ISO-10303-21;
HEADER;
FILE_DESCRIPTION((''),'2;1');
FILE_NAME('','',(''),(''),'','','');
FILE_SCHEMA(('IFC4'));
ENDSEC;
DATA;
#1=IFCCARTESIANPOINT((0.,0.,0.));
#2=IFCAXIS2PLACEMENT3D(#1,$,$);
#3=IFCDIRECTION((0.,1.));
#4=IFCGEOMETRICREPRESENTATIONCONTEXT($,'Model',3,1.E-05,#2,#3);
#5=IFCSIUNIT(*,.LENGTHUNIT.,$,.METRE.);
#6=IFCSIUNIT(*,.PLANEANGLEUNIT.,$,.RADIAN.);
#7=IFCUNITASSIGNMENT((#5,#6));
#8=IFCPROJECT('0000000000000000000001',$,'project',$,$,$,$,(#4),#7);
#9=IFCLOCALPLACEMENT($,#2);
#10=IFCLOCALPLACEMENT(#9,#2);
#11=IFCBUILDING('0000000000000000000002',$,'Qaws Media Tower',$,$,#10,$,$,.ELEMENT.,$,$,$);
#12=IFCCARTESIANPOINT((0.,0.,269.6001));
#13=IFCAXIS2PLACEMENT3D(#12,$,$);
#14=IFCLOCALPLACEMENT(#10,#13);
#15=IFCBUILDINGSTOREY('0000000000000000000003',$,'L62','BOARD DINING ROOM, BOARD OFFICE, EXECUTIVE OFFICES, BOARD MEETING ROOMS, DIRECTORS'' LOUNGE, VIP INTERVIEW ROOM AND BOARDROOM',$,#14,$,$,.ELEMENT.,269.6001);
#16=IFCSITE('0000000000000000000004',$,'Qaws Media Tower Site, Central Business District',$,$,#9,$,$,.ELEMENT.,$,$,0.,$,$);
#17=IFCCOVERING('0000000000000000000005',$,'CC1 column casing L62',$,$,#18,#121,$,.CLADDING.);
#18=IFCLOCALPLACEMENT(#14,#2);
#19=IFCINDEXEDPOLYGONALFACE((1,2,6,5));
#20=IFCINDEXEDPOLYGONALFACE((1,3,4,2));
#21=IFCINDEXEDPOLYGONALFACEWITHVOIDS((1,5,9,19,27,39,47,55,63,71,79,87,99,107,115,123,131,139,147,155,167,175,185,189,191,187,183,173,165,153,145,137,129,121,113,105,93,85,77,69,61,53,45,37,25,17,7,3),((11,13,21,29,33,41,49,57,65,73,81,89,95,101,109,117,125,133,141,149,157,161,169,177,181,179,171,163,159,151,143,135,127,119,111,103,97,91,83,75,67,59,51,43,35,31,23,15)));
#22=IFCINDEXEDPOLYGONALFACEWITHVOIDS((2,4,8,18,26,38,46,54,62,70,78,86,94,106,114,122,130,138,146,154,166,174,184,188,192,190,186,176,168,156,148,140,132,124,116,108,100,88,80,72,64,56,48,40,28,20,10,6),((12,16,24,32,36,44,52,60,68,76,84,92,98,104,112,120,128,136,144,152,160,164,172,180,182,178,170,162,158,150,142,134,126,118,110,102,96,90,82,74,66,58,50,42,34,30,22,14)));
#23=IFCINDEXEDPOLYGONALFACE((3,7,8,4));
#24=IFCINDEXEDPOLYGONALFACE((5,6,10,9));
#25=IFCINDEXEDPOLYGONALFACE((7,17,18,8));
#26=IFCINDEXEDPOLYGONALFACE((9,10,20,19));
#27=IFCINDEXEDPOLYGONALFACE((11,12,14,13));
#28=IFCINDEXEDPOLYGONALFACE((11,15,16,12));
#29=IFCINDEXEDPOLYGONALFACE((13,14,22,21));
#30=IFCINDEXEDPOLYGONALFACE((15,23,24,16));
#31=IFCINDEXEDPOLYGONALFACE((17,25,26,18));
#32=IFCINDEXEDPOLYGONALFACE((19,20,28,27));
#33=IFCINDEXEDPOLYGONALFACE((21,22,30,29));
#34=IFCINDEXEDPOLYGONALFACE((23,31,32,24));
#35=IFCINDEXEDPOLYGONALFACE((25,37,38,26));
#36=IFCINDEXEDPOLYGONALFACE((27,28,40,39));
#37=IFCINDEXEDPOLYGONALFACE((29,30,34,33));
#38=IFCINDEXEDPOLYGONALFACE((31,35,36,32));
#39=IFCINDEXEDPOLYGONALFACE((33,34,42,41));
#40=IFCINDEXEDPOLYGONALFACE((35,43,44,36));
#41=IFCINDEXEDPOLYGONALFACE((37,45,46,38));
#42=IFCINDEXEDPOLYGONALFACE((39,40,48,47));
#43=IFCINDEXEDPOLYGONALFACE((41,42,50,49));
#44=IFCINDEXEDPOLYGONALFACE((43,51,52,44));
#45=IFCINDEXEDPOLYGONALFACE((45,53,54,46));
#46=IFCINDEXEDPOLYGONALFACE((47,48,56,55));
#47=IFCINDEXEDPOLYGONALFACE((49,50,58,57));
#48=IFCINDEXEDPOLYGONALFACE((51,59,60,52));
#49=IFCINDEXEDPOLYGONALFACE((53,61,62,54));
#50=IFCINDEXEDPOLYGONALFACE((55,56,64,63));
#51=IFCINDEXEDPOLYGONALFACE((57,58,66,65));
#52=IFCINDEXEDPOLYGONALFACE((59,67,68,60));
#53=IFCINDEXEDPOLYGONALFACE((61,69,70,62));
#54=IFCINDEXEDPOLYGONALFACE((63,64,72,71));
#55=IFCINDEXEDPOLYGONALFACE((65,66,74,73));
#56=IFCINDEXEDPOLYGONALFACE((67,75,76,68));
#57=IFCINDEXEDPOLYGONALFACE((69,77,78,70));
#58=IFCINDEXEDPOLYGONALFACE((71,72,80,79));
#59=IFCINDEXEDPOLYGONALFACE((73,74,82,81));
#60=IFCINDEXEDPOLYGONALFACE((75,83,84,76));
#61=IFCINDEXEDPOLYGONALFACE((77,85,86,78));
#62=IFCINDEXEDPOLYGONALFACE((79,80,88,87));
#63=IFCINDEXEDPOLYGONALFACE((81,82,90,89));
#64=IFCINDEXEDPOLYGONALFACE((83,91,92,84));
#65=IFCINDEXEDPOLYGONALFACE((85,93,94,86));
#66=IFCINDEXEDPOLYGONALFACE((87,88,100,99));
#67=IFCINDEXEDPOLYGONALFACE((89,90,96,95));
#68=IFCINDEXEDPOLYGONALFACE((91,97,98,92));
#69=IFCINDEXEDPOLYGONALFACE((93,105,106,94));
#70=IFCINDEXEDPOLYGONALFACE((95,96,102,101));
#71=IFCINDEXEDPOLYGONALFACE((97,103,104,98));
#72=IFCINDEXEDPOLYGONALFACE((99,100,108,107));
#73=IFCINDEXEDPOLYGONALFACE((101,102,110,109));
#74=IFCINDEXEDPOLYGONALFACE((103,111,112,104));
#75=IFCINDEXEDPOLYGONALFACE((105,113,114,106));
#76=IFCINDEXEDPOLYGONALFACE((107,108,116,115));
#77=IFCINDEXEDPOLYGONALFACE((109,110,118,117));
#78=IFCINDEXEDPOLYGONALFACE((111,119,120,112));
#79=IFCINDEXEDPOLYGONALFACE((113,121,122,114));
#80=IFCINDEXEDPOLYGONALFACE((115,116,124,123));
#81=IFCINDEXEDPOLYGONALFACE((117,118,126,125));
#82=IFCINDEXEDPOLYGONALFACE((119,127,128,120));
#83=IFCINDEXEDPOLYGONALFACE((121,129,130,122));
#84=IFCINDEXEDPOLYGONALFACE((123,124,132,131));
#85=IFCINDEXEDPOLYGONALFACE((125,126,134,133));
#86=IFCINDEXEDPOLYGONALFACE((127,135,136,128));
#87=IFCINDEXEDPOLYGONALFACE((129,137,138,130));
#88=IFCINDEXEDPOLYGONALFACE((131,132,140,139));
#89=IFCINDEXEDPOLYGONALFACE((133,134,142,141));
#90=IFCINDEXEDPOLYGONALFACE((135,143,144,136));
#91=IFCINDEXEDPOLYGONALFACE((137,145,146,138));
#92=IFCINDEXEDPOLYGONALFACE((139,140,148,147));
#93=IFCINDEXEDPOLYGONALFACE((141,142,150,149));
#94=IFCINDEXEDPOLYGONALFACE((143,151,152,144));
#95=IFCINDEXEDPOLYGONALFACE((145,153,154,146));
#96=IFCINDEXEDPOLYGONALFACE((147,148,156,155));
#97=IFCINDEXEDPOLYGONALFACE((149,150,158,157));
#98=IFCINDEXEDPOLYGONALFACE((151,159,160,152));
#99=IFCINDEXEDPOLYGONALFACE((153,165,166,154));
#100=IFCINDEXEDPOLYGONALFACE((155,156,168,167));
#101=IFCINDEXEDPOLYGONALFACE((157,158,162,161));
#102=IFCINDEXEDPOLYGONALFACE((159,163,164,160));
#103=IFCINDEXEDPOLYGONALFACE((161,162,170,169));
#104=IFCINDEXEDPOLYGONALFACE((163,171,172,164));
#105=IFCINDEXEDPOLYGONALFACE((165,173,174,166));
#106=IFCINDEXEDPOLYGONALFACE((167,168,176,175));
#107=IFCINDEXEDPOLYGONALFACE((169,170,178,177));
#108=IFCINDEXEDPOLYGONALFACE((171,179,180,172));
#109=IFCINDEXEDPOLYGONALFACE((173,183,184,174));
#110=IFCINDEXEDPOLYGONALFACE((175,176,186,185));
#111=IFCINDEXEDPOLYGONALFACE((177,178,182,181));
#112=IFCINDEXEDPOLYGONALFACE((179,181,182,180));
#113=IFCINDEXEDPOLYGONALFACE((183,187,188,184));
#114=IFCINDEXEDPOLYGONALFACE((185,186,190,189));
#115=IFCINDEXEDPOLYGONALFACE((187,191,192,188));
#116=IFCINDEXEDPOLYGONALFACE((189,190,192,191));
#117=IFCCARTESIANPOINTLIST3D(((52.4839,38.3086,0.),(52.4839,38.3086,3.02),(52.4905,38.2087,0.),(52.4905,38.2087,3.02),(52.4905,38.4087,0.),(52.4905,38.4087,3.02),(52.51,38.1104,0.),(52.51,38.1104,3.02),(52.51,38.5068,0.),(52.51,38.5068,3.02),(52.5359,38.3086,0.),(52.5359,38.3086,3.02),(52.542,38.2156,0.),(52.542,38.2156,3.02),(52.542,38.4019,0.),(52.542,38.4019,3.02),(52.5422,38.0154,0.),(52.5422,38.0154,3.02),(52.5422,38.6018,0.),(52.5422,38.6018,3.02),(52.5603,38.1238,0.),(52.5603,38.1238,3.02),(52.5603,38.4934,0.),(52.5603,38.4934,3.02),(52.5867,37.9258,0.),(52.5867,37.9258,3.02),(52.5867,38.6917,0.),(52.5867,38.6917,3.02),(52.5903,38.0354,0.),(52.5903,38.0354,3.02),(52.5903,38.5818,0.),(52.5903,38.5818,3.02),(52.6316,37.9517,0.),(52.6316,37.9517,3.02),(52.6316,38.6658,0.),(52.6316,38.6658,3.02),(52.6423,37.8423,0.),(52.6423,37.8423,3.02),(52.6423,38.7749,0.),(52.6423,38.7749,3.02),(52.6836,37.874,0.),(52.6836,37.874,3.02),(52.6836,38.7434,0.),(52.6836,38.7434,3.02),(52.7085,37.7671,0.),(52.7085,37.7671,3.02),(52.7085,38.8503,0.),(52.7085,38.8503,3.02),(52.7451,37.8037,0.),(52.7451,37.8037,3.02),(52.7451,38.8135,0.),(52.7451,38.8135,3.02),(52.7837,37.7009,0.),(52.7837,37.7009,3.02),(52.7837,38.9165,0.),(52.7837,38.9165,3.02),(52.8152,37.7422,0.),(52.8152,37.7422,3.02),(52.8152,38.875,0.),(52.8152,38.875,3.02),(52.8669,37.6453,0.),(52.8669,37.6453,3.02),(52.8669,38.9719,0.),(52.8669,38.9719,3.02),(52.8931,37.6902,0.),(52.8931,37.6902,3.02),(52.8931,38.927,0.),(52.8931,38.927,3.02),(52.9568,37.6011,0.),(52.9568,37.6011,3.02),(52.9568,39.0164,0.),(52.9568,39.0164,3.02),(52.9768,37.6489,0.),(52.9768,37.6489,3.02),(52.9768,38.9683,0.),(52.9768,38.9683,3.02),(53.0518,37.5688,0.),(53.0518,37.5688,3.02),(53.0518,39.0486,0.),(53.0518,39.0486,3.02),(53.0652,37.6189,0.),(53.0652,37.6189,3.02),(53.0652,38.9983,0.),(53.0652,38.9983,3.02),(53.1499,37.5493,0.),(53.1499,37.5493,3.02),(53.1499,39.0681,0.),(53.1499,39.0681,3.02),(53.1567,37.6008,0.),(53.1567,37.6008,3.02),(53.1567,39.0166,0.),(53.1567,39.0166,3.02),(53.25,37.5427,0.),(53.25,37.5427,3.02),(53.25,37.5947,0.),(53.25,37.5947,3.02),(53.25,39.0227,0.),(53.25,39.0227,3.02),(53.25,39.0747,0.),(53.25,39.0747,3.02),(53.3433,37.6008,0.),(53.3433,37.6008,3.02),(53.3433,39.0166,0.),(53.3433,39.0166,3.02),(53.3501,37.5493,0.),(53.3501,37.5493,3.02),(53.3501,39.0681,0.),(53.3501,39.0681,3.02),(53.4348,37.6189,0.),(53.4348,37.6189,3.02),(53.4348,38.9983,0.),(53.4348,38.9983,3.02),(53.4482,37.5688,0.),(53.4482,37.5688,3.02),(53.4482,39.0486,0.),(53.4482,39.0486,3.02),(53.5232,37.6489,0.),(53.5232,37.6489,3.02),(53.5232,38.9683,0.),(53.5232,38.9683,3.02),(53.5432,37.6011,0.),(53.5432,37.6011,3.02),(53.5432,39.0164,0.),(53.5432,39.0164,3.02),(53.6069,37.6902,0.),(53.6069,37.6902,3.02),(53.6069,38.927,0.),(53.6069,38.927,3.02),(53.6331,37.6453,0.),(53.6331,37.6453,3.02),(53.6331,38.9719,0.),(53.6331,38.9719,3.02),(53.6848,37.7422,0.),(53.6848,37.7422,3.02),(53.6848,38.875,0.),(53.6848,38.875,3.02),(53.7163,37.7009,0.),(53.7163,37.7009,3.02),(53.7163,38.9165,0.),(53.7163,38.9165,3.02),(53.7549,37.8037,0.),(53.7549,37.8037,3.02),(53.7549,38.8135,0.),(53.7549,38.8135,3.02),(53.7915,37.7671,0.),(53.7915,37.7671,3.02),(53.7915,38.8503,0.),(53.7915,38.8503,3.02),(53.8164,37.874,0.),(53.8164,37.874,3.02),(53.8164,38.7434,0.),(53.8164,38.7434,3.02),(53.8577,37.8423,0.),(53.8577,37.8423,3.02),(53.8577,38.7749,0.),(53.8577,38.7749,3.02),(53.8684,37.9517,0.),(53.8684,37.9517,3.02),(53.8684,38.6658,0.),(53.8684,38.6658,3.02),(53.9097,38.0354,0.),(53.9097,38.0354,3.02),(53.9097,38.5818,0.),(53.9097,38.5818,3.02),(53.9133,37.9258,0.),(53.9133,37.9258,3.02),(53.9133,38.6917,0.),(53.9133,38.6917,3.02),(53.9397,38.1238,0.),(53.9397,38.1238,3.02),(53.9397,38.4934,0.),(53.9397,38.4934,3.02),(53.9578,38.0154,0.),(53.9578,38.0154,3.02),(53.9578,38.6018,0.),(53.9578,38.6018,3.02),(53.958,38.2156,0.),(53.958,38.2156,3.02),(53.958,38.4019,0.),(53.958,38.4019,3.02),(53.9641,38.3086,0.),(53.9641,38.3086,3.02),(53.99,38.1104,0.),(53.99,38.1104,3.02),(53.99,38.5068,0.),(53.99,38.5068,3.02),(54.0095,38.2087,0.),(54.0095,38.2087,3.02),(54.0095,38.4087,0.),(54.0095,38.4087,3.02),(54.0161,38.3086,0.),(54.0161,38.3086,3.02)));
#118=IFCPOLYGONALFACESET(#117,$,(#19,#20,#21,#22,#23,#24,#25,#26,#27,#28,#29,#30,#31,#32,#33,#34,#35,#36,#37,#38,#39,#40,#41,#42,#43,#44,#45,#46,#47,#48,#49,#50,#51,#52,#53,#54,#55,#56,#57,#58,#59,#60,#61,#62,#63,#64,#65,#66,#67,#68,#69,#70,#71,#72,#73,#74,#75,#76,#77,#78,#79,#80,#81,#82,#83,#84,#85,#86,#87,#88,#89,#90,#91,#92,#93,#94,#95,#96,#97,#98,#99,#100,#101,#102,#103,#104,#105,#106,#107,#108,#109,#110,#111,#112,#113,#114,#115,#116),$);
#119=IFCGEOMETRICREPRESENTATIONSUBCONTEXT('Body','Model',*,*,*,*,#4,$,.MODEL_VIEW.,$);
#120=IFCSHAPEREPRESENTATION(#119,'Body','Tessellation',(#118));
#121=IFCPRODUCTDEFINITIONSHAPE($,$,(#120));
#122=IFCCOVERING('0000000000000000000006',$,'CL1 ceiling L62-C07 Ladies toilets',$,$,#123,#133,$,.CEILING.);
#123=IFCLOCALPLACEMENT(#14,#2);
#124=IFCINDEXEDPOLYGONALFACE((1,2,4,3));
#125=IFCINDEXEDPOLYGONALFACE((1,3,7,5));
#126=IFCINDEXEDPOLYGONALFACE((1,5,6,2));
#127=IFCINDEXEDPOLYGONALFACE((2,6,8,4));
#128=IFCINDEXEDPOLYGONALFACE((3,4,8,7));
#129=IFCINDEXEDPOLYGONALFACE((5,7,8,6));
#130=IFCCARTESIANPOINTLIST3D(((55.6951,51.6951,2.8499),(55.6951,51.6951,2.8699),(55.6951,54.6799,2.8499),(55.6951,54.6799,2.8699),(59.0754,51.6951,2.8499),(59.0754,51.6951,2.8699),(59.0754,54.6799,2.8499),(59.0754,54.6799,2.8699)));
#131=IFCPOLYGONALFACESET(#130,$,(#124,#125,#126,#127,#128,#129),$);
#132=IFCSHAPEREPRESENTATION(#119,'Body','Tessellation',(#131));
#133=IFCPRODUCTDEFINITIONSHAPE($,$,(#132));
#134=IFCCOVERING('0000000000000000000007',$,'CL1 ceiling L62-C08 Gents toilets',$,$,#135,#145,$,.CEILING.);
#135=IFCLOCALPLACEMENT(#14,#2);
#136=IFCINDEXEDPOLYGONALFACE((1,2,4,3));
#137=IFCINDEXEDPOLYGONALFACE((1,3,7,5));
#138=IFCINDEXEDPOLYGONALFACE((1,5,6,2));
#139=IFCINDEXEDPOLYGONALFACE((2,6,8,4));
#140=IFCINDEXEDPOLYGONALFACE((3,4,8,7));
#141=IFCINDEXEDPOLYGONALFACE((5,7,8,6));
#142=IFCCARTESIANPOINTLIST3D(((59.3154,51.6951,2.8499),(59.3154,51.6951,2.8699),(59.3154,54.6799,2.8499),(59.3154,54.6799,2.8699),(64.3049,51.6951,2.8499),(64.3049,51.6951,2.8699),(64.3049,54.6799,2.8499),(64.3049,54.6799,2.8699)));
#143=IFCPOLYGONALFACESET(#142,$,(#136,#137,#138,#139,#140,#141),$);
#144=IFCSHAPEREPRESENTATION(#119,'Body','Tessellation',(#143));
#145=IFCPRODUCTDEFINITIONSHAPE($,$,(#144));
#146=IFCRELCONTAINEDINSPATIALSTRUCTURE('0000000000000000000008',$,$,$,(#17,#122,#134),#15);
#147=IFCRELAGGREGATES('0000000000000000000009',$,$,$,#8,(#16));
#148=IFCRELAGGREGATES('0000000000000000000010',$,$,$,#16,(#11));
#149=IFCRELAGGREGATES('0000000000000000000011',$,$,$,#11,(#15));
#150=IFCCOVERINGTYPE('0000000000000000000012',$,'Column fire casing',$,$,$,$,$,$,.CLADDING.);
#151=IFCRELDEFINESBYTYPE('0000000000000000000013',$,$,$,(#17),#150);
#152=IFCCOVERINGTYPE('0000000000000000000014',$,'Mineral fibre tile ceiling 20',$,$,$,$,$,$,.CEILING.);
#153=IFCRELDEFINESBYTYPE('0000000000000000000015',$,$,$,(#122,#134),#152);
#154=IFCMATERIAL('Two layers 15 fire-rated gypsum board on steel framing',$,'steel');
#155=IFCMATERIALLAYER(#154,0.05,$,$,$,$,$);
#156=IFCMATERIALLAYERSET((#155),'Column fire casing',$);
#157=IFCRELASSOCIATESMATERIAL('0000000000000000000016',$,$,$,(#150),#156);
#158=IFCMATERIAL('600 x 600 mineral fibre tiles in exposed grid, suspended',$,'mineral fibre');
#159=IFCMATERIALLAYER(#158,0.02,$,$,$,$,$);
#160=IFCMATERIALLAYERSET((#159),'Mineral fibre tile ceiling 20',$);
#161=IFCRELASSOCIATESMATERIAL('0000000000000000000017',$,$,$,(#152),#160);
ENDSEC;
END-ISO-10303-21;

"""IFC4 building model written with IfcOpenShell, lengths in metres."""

from ifc_helpers import new_model, si_unit, direction, frame, origin, place, context, subcontext, project, spatial, polyline, outline, extrude, material, layer, layer_set, type_object, element, save


model = new_model("IFC4")

# Units and contexts
model_context = context("Model", 3, precision=1e-05, world=origin(), true_north=direction((0.0, 1.0)))
body_context = subcontext(model_context, "Body", "Model", "MODEL_VIEW")
ifc_project = project(units=[si_unit("LENGTHUNIT", "METRE"), si_unit("PLANEANGLEUNIT", "RADIAN")], contexts=[model_context])

# Site, building, storey
site_placement = place(None, origin())
site = spatial("IfcSite", under=ifc_project, at=site_placement, Name="Qaws Media Tower Site, Central Business District", CompositionType="ELEMENT", RefElevation=0.0)
building_placement = place(site_placement, origin())
building = spatial("IfcBuilding", under=site, at=building_placement, Name="Qaws Media Tower", CompositionType="ELEMENT")
storey_placement = place(building_placement, frame((0.0, 0.0, 269.6001)))
storey = spatial("IfcBuildingStorey", under=building, at=storey_placement, Name="L62", Description="BOARD DINING ROOM, BOARD OFFICE, EXECUTIVE OFFICES, BOARD MEETING ROOMS, DIRECTORS' LOUNGE, VIP INTERVIEW ROOM AND BOARDROOM", CompositionType="ELEMENT", Elevation=269.6001)

# Coverings
ifc_material_1 = material(Name="Two layers 15 fire-rated gypsum board on steel framing", Category="steel")
ifc_layer_1 = layer(ifc_material_1, 0.05)
ifc_layer_set_1 = layer_set([ifc_layer_1], Name="Column fire casing")
covering_type_1 = type_object("IfcCoveringType", Name="Column fire casing", PredefinedType="CLADDING", material=ifc_layer_set_1)
covering_1_placement = place(storey_placement, origin())
element("IfcCovering", 1, at=covering_1_placement, inside=storey, type_object=covering_type_1, Name="CC1 column casing L62", PredefinedType="CLADDING", context=body_context, shape_type="SweptSolid", body=[
    extrude(outline(polyline([(54.0161, 38.3086), (54.0095, 38.2087), (53.99, 38.1104), (53.9578, 38.0154), (53.9133, 37.9258), (53.8577, 37.8423), (53.7915, 37.7671), (53.7163, 37.7009), (53.6331, 37.6453), (53.5432, 37.6011), (53.4482, 37.5688), (53.3501, 37.5493), (53.25, 37.5427), (53.1499, 37.5493), (53.0518, 37.5688), (52.9568, 37.6011), (52.8669, 37.6453), (52.7837, 37.7009), (52.7085, 37.7671), (52.6423, 37.8423), (52.5867, 37.9258), (52.5422, 38.0154), (52.51, 38.1104), (52.4905, 38.2087), (52.4839, 38.3086), (52.4905, 38.4087), (52.51, 38.5068), (52.5422, 38.6018), (52.5867, 38.6917), (52.6423, 38.7749), (52.7085, 38.8503), (52.7837, 38.9165), (52.8669, 38.9719), (52.9568, 39.0164), (53.0518, 39.0486), (53.1499, 39.0681), (53.25, 39.0747), (53.3501, 39.0681), (53.4482, 39.0486), (53.5432, 39.0164), (53.6331, 38.9719), (53.7163, 38.9165), (53.7915, 38.8503), (53.8577, 38.7749), (53.9133, 38.6917), (53.9578, 38.6018), (53.99, 38.5068), (54.0095, 38.4087), (54.0161, 38.3086)]), holes=[polyline([(53.9641, 38.3086), (53.958, 38.2156), (53.9397, 38.1238), (53.9097, 38.0354), (53.8684, 37.9517), (53.8164, 37.874), (53.7549, 37.8037), (53.6848, 37.7422), (53.6069, 37.6902), (53.5232, 37.6489), (53.4348, 37.6189), (53.3433, 37.6008), (53.25, 37.5947), (53.1567, 37.6008), (53.0652, 37.6189), (52.9768, 37.6489), (52.8931, 37.6902), (52.8152, 37.7422), (52.7451, 37.8037), (52.6836, 37.874), (52.6316, 37.9517), (52.5903, 38.0354), (52.5603, 38.1238), (52.542, 38.2156), (52.5359, 38.3086), (52.542, 38.4019), (52.5603, 38.4934), (52.5903, 38.5818), (52.6316, 38.6658), (52.6836, 38.7434), (52.7451, 38.8135), (52.8152, 38.875), (52.8931, 38.927), (52.9768, 38.9683), (53.0652, 38.9983), (53.1567, 39.0166), (53.25, 39.0227), (53.3433, 39.0166), (53.4348, 38.9983), (53.5232, 38.9683), (53.6069, 38.927), (53.6848, 38.875), (53.7549, 38.8135), (53.8164, 38.7434), (53.8684, 38.6658), (53.9097, 38.5818), (53.9397, 38.4934), (53.958, 38.4019), (53.9641, 38.3086)])]), origin(), (0.0, 0.0, 1.0), 3.02),
])
ifc_material_2 = material(Name="600 x 600 mineral fibre tiles in exposed grid, suspended", Category="mineral fibre")
ifc_layer_2 = layer(ifc_material_2, 0.02)
ifc_layer_set_2 = layer_set([ifc_layer_2], Name="Mineral fibre tile ceiling 20")
covering_type_2 = type_object("IfcCoveringType", Name="Mineral fibre tile ceiling 20", PredefinedType="CEILING", material=ifc_layer_set_2)
covering_2_placement = place(storey_placement, frame((0.0, 0.0, 2.8499)))
element("IfcCovering", 2, at=covering_2_placement, inside=storey, type_object=covering_type_2, Name="CL1 ceiling L62-C07 Ladies toilets", PredefinedType="CEILING", context=body_context, shape_type="SweptSolid", body=[
    extrude(outline(polyline([(55.6951, 51.6951), (55.6951, 54.6799), (59.0754, 54.6799), (59.0754, 51.6951), (55.6951, 51.6951)])), origin(), (0.0, 0.0, 1.0), 0.02),
])
covering_3_placement = place(storey_placement, frame((0.0, 0.0, 2.8499)))
element("IfcCovering", 3, at=covering_3_placement, inside=storey, type_object=covering_type_2, Name="CL1 ceiling L62-C08 Gents toilets", PredefinedType="CEILING", context=body_context, shape_type="SweptSolid", body=[
    extrude(outline(polyline([(59.3154, 51.6951), (59.3154, 54.6799), (64.3049, 54.6799), (64.3049, 51.6951), (59.3154, 51.6951)])), origin(), (0.0, 0.0, 1.0), 0.02),
])

save(model, "model.ifc")
